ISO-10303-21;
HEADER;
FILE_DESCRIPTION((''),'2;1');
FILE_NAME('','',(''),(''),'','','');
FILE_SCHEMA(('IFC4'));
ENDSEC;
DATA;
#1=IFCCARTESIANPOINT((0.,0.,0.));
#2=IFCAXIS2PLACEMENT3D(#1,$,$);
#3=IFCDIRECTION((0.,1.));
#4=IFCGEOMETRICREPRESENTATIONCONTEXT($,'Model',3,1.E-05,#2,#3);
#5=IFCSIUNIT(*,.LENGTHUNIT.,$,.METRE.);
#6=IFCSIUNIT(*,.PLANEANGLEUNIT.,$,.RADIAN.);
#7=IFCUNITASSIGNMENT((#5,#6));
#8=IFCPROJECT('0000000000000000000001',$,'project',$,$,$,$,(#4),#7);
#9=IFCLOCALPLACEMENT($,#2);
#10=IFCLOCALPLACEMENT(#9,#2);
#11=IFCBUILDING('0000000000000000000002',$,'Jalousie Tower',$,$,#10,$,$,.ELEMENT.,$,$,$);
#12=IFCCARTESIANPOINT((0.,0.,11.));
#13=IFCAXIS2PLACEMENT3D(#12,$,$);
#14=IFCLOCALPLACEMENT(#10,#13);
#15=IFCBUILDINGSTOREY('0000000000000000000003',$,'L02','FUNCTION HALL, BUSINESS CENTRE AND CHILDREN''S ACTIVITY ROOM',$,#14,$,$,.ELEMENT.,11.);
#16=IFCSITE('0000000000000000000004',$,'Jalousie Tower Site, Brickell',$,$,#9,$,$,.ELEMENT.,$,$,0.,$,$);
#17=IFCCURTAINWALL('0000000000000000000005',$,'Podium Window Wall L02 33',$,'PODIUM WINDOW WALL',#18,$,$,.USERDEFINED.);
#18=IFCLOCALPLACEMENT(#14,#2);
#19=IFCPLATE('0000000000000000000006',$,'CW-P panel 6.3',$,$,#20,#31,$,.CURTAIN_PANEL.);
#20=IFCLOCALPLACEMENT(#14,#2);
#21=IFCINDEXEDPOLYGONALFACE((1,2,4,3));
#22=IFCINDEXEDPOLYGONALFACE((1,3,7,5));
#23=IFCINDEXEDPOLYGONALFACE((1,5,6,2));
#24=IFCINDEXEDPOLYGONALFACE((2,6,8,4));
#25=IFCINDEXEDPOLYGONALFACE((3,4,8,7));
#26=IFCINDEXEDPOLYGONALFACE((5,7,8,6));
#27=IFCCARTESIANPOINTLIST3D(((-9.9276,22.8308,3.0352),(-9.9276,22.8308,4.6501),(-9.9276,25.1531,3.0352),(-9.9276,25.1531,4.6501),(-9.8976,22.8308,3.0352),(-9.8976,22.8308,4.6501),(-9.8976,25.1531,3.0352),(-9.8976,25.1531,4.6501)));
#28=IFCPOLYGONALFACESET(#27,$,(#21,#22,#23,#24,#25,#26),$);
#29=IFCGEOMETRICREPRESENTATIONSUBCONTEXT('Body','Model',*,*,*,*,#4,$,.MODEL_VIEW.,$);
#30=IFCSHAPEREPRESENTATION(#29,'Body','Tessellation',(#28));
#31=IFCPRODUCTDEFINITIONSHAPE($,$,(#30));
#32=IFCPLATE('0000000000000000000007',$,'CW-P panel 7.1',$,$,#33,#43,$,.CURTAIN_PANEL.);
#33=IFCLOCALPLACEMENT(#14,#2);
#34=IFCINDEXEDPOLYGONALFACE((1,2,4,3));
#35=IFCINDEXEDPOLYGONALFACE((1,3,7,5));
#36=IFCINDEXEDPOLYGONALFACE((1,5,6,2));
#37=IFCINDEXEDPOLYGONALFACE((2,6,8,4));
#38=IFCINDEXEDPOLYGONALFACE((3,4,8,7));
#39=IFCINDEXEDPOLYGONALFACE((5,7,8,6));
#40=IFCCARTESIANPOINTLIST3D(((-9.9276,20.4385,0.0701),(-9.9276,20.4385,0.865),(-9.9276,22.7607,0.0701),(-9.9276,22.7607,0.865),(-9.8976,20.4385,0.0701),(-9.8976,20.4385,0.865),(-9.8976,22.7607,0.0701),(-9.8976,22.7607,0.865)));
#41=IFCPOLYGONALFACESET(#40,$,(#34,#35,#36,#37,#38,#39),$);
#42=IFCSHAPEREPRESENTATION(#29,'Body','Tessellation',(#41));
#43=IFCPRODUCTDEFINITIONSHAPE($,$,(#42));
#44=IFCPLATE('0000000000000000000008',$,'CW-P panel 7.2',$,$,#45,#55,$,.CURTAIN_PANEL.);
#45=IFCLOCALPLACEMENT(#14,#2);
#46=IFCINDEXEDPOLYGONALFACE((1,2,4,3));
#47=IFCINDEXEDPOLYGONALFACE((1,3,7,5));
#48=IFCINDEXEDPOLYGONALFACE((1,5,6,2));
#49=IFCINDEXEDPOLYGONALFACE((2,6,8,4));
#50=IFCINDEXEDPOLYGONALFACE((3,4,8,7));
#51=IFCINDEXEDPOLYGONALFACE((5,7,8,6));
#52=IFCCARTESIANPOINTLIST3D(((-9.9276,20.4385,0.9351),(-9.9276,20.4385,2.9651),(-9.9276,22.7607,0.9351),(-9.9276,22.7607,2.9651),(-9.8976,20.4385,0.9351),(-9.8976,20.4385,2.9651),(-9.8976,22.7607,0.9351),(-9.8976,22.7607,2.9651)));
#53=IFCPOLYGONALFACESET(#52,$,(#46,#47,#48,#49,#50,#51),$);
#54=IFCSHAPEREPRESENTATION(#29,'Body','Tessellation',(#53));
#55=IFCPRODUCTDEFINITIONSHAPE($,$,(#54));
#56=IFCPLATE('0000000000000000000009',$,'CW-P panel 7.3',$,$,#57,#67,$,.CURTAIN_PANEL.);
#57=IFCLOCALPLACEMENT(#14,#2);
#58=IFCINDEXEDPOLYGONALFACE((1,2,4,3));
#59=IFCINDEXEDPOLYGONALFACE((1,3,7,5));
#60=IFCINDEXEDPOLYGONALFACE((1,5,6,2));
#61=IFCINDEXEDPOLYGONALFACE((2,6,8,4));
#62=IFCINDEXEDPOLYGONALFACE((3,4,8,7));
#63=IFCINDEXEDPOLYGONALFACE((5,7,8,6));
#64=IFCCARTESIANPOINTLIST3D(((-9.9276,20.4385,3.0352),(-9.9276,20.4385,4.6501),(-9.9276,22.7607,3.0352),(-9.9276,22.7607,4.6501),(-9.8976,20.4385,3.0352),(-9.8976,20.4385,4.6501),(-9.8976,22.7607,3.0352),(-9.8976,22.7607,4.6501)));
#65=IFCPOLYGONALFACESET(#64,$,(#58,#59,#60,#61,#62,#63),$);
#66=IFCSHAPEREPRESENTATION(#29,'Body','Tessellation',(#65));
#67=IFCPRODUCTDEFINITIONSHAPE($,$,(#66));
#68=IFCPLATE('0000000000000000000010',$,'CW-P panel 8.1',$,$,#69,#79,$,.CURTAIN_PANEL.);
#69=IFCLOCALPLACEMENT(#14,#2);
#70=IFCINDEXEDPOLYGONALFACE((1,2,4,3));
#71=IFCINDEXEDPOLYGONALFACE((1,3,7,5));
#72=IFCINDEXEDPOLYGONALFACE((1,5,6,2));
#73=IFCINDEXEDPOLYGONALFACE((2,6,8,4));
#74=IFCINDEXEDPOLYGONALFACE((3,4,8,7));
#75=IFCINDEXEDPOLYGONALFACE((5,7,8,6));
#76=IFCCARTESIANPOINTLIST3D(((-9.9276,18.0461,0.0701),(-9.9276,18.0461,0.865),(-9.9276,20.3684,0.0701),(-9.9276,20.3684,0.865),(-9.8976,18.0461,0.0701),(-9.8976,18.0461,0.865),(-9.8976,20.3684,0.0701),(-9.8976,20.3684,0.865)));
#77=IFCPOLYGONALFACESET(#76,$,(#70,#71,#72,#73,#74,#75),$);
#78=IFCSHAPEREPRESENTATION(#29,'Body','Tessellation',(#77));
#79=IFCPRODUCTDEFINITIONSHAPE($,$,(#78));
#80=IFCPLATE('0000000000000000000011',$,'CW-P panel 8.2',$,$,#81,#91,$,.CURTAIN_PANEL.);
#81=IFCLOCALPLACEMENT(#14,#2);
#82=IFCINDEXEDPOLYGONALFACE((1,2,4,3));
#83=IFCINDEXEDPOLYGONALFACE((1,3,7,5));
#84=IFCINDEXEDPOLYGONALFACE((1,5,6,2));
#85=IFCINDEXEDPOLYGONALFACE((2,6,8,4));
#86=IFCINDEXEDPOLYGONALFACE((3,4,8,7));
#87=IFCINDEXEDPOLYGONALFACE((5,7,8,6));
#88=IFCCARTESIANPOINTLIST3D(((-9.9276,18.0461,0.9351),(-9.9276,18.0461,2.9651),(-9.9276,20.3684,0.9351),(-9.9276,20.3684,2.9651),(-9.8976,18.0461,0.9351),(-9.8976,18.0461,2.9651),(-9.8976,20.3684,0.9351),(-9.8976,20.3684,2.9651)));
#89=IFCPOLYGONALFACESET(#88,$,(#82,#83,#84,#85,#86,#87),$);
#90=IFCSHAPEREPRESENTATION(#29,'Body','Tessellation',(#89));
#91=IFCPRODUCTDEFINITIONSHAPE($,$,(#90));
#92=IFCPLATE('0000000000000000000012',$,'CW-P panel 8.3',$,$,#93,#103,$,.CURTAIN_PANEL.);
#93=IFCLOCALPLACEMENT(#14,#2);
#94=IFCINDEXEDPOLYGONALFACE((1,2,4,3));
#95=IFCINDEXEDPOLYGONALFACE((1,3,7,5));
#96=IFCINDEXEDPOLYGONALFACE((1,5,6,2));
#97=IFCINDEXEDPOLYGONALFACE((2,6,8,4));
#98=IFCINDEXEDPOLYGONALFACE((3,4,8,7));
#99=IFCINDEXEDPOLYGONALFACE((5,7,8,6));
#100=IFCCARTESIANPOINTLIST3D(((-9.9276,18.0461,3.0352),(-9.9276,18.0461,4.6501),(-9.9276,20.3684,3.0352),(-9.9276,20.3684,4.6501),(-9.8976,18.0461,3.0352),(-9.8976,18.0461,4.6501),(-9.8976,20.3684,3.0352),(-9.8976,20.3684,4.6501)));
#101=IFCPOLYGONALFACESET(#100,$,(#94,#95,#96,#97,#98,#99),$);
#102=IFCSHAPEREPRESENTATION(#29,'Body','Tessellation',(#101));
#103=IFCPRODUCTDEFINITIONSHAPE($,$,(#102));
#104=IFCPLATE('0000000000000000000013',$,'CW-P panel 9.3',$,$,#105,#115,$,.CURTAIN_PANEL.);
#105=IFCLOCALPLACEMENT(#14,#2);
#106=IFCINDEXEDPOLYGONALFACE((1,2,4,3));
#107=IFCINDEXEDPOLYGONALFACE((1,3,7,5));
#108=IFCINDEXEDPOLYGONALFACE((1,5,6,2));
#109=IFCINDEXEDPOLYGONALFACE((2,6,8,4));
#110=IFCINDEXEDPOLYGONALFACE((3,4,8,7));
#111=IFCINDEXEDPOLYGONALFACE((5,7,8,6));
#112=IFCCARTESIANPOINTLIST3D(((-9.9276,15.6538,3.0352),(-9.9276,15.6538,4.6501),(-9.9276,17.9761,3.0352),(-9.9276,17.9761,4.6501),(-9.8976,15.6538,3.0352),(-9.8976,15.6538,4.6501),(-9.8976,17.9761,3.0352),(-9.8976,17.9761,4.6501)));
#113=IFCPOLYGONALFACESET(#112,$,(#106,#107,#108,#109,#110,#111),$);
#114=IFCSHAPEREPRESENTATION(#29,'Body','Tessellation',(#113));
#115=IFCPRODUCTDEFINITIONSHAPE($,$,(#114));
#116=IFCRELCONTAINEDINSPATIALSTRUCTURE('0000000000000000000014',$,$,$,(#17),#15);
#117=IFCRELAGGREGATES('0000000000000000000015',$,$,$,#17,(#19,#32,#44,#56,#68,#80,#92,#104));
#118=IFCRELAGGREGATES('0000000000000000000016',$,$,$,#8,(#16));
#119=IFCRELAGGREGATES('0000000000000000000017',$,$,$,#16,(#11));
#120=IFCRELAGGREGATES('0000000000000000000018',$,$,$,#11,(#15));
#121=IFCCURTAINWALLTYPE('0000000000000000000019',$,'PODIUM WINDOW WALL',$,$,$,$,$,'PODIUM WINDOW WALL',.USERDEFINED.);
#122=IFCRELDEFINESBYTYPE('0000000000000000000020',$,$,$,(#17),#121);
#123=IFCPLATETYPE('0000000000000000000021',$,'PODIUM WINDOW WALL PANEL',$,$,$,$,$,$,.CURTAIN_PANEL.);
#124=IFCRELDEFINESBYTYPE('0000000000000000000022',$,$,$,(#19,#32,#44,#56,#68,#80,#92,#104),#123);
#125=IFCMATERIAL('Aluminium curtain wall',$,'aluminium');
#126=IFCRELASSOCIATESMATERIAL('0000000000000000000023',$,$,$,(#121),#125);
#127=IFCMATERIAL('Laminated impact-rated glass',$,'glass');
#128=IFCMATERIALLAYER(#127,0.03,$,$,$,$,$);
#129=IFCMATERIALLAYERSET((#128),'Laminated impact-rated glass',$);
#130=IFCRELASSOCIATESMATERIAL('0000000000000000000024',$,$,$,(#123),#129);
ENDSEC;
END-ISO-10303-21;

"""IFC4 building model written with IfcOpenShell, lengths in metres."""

from ifc_helpers import new_model, si_unit, direction, frame, origin, origin_2d, place, context, subcontext, project, spatial, rectangle, extrude, material, layer, layer_set, type_object, element, aggregate, save


model = new_model("IFC4")

# Units and contexts
model_context = context("Model", 3, precision=1e-05, world=origin(), true_north=direction((0.0, 1.0)))
body_context = subcontext(model_context, "Body", "Model", "MODEL_VIEW")
ifc_project = project(units=[si_unit("LENGTHUNIT", "METRE"), si_unit("PLANEANGLEUNIT", "RADIAN")], contexts=[model_context])

# Site, building, storey
site_placement = place(None, origin())
site = spatial("IfcSite", under=ifc_project, at=site_placement, Name="Jalousie Tower Site, Brickell", CompositionType="ELEMENT", RefElevation=0.0)
building_placement = place(site_placement, origin())
building = spatial("IfcBuilding", under=site, at=building_placement, Name="Jalousie Tower", CompositionType="ELEMENT")
storey_placement = place(building_placement, frame((0.0, 0.0, 11.0)))
storey = spatial("IfcBuildingStorey", under=building, at=storey_placement, Name="L02", Description="FUNCTION HALL, BUSINESS CENTRE AND CHILDREN'S ACTIVITY ROOM", CompositionType="ELEMENT", Elevation=11.0)

# Curtain wall
ifc_material_1 = material(Name="Aluminium curtain wall", Category="aluminium")
curtain_wall_type = type_object("IfcCurtainWallType", Name="PODIUM WINDOW WALL", ElementType="PODIUM WINDOW WALL", PredefinedType="USERDEFINED", material=ifc_material_1)
curtain_wall_placement = place(storey_placement, origin())
curtain_wall = element("IfcCurtainWall", 1, at=curtain_wall_placement, inside=storey, type_object=curtain_wall_type, Name="Podium Window Wall L02 33", ObjectType="PODIUM WINDOW WALL", PredefinedType="USERDEFINED")

# Plates
ifc_material_2 = material(Name="Laminated impact-rated glass", Category="glass")
ifc_layer = layer(ifc_material_2, 0.03)
ifc_layer_set = layer_set([ifc_layer], Name="Laminated impact-rated glass")
plate_type = type_object("IfcPlateType", Name="PODIUM WINDOW WALL PANEL", PredefinedType="CURTAIN_PANEL", material=ifc_layer_set)
plate_1_placement = place(storey_placement, frame((-9.9126, 23.9919, 3.0352), z_axis=(0.0, 0.0, 1.0), x_axis=(0.0, -1.0, 0.0)))
plate_1 = element("IfcPlate", 2, at=plate_1_placement, type_object=plate_type, Name="CW-P panel 6.3", PredefinedType="CURTAIN_PANEL", context=body_context, shape_type="SweptSolid", body=[
    extrude(rectangle(XDim=2.3223, YDim=0.03, at=origin_2d()), origin(), (0.0, 0.0, 1.0), 1.615),
])
plate_2_placement = place(storey_placement, frame((-9.9126, 21.5996, 0.0701), z_axis=(0.0, 0.0, 1.0), x_axis=(0.0, -1.0, 0.0)))
plate_2 = element("IfcPlate", 3, at=plate_2_placement, type_object=plate_type, Name="CW-P panel 7.1", PredefinedType="CURTAIN_PANEL", context=body_context, shape_type="SweptSolid", body=[
    extrude(rectangle(XDim=2.3223, YDim=0.03, at=origin_2d()), origin(), (0.0, 0.0, 1.0), 0.7949),
])
plate_3_placement = place(storey_placement, frame((-9.9126, 21.5996, 0.9351), z_axis=(0.0, 0.0, 1.0), x_axis=(0.0, -1.0, 0.0)))
plate_3 = element("IfcPlate", 4, at=plate_3_placement, type_object=plate_type, Name="CW-P panel 7.2", PredefinedType="CURTAIN_PANEL", context=body_context, shape_type="SweptSolid", body=[
    extrude(rectangle(XDim=2.3223, YDim=0.03, at=origin_2d()), origin(), (0.0, 0.0, 1.0), 2.03),
])
plate_4_placement = place(storey_placement, frame((-9.9126, 21.5996, 3.0352), z_axis=(0.0, 0.0, 1.0), x_axis=(0.0, -1.0, 0.0)))
plate_4 = element("IfcPlate", 5, at=plate_4_placement, type_object=plate_type, Name="CW-P panel 7.3", PredefinedType="CURTAIN_PANEL", context=body_context, shape_type="SweptSolid", body=[
    extrude(rectangle(XDim=2.3223, YDim=0.03, at=origin_2d()), origin(), (0.0, 0.0, 1.0), 1.615),
])
plate_5_placement = place(storey_placement, frame((-9.9126, 19.2073, 0.0701), z_axis=(0.0, 0.0, 1.0), x_axis=(0.0, -1.0, 0.0)))
plate_5 = element("IfcPlate", 6, at=plate_5_placement, type_object=plate_type, Name="CW-P panel 8.1", PredefinedType="CURTAIN_PANEL", context=body_context, shape_type="SweptSolid", body=[
    extrude(rectangle(XDim=2.3223, YDim=0.03, at=origin_2d()), origin(), (0.0, 0.0, 1.0), 0.7949),
])
plate_6_placement = place(storey_placement, frame((-9.9126, 19.2073, 0.9351), z_axis=(0.0, 0.0, 1.0), x_axis=(0.0, -1.0, 0.0)))
plate_6 = element("IfcPlate", 7, at=plate_6_placement, type_object=plate_type, Name="CW-P panel 8.2", PredefinedType="CURTAIN_PANEL", context=body_context, shape_type="SweptSolid", body=[
    extrude(rectangle(XDim=2.3223, YDim=0.03, at=origin_2d()), origin(), (0.0, 0.0, 1.0), 2.03),
])
plate_7_placement = place(storey_placement, frame((-9.9126, 19.2073, 3.0352), z_axis=(0.0, 0.0, 1.0), x_axis=(0.0, -1.0, 0.0)))
plate_7 = element("IfcPlate", 8, at=plate_7_placement, type_object=plate_type, Name="CW-P panel 8.3", PredefinedType="CURTAIN_PANEL", context=body_context, shape_type="SweptSolid", body=[
    extrude(rectangle(XDim=2.3223, YDim=0.03, at=origin_2d()), origin(), (0.0, 0.0, 1.0), 1.615),
])
plate_8_placement = place(storey_placement, frame((-9.9126, 16.8149, 3.0352), z_axis=(0.0, 0.0, 1.0), x_axis=(0.0, -1.0, 0.0)))
plate_8 = element("IfcPlate", 9, at=plate_8_placement, type_object=plate_type, Name="CW-P panel 9.3", PredefinedType="CURTAIN_PANEL", context=body_context, shape_type="SweptSolid", body=[
    extrude(rectangle(XDim=2.3223, YDim=0.03, at=origin_2d()), origin(), (0.0, 0.0, 1.0), 1.615),
])
aggregate(curtain_wall, [plate_1, plate_2, plate_3, plate_4, plate_5, plate_6, plate_7, plate_8])

save(model, "model.ifc")
